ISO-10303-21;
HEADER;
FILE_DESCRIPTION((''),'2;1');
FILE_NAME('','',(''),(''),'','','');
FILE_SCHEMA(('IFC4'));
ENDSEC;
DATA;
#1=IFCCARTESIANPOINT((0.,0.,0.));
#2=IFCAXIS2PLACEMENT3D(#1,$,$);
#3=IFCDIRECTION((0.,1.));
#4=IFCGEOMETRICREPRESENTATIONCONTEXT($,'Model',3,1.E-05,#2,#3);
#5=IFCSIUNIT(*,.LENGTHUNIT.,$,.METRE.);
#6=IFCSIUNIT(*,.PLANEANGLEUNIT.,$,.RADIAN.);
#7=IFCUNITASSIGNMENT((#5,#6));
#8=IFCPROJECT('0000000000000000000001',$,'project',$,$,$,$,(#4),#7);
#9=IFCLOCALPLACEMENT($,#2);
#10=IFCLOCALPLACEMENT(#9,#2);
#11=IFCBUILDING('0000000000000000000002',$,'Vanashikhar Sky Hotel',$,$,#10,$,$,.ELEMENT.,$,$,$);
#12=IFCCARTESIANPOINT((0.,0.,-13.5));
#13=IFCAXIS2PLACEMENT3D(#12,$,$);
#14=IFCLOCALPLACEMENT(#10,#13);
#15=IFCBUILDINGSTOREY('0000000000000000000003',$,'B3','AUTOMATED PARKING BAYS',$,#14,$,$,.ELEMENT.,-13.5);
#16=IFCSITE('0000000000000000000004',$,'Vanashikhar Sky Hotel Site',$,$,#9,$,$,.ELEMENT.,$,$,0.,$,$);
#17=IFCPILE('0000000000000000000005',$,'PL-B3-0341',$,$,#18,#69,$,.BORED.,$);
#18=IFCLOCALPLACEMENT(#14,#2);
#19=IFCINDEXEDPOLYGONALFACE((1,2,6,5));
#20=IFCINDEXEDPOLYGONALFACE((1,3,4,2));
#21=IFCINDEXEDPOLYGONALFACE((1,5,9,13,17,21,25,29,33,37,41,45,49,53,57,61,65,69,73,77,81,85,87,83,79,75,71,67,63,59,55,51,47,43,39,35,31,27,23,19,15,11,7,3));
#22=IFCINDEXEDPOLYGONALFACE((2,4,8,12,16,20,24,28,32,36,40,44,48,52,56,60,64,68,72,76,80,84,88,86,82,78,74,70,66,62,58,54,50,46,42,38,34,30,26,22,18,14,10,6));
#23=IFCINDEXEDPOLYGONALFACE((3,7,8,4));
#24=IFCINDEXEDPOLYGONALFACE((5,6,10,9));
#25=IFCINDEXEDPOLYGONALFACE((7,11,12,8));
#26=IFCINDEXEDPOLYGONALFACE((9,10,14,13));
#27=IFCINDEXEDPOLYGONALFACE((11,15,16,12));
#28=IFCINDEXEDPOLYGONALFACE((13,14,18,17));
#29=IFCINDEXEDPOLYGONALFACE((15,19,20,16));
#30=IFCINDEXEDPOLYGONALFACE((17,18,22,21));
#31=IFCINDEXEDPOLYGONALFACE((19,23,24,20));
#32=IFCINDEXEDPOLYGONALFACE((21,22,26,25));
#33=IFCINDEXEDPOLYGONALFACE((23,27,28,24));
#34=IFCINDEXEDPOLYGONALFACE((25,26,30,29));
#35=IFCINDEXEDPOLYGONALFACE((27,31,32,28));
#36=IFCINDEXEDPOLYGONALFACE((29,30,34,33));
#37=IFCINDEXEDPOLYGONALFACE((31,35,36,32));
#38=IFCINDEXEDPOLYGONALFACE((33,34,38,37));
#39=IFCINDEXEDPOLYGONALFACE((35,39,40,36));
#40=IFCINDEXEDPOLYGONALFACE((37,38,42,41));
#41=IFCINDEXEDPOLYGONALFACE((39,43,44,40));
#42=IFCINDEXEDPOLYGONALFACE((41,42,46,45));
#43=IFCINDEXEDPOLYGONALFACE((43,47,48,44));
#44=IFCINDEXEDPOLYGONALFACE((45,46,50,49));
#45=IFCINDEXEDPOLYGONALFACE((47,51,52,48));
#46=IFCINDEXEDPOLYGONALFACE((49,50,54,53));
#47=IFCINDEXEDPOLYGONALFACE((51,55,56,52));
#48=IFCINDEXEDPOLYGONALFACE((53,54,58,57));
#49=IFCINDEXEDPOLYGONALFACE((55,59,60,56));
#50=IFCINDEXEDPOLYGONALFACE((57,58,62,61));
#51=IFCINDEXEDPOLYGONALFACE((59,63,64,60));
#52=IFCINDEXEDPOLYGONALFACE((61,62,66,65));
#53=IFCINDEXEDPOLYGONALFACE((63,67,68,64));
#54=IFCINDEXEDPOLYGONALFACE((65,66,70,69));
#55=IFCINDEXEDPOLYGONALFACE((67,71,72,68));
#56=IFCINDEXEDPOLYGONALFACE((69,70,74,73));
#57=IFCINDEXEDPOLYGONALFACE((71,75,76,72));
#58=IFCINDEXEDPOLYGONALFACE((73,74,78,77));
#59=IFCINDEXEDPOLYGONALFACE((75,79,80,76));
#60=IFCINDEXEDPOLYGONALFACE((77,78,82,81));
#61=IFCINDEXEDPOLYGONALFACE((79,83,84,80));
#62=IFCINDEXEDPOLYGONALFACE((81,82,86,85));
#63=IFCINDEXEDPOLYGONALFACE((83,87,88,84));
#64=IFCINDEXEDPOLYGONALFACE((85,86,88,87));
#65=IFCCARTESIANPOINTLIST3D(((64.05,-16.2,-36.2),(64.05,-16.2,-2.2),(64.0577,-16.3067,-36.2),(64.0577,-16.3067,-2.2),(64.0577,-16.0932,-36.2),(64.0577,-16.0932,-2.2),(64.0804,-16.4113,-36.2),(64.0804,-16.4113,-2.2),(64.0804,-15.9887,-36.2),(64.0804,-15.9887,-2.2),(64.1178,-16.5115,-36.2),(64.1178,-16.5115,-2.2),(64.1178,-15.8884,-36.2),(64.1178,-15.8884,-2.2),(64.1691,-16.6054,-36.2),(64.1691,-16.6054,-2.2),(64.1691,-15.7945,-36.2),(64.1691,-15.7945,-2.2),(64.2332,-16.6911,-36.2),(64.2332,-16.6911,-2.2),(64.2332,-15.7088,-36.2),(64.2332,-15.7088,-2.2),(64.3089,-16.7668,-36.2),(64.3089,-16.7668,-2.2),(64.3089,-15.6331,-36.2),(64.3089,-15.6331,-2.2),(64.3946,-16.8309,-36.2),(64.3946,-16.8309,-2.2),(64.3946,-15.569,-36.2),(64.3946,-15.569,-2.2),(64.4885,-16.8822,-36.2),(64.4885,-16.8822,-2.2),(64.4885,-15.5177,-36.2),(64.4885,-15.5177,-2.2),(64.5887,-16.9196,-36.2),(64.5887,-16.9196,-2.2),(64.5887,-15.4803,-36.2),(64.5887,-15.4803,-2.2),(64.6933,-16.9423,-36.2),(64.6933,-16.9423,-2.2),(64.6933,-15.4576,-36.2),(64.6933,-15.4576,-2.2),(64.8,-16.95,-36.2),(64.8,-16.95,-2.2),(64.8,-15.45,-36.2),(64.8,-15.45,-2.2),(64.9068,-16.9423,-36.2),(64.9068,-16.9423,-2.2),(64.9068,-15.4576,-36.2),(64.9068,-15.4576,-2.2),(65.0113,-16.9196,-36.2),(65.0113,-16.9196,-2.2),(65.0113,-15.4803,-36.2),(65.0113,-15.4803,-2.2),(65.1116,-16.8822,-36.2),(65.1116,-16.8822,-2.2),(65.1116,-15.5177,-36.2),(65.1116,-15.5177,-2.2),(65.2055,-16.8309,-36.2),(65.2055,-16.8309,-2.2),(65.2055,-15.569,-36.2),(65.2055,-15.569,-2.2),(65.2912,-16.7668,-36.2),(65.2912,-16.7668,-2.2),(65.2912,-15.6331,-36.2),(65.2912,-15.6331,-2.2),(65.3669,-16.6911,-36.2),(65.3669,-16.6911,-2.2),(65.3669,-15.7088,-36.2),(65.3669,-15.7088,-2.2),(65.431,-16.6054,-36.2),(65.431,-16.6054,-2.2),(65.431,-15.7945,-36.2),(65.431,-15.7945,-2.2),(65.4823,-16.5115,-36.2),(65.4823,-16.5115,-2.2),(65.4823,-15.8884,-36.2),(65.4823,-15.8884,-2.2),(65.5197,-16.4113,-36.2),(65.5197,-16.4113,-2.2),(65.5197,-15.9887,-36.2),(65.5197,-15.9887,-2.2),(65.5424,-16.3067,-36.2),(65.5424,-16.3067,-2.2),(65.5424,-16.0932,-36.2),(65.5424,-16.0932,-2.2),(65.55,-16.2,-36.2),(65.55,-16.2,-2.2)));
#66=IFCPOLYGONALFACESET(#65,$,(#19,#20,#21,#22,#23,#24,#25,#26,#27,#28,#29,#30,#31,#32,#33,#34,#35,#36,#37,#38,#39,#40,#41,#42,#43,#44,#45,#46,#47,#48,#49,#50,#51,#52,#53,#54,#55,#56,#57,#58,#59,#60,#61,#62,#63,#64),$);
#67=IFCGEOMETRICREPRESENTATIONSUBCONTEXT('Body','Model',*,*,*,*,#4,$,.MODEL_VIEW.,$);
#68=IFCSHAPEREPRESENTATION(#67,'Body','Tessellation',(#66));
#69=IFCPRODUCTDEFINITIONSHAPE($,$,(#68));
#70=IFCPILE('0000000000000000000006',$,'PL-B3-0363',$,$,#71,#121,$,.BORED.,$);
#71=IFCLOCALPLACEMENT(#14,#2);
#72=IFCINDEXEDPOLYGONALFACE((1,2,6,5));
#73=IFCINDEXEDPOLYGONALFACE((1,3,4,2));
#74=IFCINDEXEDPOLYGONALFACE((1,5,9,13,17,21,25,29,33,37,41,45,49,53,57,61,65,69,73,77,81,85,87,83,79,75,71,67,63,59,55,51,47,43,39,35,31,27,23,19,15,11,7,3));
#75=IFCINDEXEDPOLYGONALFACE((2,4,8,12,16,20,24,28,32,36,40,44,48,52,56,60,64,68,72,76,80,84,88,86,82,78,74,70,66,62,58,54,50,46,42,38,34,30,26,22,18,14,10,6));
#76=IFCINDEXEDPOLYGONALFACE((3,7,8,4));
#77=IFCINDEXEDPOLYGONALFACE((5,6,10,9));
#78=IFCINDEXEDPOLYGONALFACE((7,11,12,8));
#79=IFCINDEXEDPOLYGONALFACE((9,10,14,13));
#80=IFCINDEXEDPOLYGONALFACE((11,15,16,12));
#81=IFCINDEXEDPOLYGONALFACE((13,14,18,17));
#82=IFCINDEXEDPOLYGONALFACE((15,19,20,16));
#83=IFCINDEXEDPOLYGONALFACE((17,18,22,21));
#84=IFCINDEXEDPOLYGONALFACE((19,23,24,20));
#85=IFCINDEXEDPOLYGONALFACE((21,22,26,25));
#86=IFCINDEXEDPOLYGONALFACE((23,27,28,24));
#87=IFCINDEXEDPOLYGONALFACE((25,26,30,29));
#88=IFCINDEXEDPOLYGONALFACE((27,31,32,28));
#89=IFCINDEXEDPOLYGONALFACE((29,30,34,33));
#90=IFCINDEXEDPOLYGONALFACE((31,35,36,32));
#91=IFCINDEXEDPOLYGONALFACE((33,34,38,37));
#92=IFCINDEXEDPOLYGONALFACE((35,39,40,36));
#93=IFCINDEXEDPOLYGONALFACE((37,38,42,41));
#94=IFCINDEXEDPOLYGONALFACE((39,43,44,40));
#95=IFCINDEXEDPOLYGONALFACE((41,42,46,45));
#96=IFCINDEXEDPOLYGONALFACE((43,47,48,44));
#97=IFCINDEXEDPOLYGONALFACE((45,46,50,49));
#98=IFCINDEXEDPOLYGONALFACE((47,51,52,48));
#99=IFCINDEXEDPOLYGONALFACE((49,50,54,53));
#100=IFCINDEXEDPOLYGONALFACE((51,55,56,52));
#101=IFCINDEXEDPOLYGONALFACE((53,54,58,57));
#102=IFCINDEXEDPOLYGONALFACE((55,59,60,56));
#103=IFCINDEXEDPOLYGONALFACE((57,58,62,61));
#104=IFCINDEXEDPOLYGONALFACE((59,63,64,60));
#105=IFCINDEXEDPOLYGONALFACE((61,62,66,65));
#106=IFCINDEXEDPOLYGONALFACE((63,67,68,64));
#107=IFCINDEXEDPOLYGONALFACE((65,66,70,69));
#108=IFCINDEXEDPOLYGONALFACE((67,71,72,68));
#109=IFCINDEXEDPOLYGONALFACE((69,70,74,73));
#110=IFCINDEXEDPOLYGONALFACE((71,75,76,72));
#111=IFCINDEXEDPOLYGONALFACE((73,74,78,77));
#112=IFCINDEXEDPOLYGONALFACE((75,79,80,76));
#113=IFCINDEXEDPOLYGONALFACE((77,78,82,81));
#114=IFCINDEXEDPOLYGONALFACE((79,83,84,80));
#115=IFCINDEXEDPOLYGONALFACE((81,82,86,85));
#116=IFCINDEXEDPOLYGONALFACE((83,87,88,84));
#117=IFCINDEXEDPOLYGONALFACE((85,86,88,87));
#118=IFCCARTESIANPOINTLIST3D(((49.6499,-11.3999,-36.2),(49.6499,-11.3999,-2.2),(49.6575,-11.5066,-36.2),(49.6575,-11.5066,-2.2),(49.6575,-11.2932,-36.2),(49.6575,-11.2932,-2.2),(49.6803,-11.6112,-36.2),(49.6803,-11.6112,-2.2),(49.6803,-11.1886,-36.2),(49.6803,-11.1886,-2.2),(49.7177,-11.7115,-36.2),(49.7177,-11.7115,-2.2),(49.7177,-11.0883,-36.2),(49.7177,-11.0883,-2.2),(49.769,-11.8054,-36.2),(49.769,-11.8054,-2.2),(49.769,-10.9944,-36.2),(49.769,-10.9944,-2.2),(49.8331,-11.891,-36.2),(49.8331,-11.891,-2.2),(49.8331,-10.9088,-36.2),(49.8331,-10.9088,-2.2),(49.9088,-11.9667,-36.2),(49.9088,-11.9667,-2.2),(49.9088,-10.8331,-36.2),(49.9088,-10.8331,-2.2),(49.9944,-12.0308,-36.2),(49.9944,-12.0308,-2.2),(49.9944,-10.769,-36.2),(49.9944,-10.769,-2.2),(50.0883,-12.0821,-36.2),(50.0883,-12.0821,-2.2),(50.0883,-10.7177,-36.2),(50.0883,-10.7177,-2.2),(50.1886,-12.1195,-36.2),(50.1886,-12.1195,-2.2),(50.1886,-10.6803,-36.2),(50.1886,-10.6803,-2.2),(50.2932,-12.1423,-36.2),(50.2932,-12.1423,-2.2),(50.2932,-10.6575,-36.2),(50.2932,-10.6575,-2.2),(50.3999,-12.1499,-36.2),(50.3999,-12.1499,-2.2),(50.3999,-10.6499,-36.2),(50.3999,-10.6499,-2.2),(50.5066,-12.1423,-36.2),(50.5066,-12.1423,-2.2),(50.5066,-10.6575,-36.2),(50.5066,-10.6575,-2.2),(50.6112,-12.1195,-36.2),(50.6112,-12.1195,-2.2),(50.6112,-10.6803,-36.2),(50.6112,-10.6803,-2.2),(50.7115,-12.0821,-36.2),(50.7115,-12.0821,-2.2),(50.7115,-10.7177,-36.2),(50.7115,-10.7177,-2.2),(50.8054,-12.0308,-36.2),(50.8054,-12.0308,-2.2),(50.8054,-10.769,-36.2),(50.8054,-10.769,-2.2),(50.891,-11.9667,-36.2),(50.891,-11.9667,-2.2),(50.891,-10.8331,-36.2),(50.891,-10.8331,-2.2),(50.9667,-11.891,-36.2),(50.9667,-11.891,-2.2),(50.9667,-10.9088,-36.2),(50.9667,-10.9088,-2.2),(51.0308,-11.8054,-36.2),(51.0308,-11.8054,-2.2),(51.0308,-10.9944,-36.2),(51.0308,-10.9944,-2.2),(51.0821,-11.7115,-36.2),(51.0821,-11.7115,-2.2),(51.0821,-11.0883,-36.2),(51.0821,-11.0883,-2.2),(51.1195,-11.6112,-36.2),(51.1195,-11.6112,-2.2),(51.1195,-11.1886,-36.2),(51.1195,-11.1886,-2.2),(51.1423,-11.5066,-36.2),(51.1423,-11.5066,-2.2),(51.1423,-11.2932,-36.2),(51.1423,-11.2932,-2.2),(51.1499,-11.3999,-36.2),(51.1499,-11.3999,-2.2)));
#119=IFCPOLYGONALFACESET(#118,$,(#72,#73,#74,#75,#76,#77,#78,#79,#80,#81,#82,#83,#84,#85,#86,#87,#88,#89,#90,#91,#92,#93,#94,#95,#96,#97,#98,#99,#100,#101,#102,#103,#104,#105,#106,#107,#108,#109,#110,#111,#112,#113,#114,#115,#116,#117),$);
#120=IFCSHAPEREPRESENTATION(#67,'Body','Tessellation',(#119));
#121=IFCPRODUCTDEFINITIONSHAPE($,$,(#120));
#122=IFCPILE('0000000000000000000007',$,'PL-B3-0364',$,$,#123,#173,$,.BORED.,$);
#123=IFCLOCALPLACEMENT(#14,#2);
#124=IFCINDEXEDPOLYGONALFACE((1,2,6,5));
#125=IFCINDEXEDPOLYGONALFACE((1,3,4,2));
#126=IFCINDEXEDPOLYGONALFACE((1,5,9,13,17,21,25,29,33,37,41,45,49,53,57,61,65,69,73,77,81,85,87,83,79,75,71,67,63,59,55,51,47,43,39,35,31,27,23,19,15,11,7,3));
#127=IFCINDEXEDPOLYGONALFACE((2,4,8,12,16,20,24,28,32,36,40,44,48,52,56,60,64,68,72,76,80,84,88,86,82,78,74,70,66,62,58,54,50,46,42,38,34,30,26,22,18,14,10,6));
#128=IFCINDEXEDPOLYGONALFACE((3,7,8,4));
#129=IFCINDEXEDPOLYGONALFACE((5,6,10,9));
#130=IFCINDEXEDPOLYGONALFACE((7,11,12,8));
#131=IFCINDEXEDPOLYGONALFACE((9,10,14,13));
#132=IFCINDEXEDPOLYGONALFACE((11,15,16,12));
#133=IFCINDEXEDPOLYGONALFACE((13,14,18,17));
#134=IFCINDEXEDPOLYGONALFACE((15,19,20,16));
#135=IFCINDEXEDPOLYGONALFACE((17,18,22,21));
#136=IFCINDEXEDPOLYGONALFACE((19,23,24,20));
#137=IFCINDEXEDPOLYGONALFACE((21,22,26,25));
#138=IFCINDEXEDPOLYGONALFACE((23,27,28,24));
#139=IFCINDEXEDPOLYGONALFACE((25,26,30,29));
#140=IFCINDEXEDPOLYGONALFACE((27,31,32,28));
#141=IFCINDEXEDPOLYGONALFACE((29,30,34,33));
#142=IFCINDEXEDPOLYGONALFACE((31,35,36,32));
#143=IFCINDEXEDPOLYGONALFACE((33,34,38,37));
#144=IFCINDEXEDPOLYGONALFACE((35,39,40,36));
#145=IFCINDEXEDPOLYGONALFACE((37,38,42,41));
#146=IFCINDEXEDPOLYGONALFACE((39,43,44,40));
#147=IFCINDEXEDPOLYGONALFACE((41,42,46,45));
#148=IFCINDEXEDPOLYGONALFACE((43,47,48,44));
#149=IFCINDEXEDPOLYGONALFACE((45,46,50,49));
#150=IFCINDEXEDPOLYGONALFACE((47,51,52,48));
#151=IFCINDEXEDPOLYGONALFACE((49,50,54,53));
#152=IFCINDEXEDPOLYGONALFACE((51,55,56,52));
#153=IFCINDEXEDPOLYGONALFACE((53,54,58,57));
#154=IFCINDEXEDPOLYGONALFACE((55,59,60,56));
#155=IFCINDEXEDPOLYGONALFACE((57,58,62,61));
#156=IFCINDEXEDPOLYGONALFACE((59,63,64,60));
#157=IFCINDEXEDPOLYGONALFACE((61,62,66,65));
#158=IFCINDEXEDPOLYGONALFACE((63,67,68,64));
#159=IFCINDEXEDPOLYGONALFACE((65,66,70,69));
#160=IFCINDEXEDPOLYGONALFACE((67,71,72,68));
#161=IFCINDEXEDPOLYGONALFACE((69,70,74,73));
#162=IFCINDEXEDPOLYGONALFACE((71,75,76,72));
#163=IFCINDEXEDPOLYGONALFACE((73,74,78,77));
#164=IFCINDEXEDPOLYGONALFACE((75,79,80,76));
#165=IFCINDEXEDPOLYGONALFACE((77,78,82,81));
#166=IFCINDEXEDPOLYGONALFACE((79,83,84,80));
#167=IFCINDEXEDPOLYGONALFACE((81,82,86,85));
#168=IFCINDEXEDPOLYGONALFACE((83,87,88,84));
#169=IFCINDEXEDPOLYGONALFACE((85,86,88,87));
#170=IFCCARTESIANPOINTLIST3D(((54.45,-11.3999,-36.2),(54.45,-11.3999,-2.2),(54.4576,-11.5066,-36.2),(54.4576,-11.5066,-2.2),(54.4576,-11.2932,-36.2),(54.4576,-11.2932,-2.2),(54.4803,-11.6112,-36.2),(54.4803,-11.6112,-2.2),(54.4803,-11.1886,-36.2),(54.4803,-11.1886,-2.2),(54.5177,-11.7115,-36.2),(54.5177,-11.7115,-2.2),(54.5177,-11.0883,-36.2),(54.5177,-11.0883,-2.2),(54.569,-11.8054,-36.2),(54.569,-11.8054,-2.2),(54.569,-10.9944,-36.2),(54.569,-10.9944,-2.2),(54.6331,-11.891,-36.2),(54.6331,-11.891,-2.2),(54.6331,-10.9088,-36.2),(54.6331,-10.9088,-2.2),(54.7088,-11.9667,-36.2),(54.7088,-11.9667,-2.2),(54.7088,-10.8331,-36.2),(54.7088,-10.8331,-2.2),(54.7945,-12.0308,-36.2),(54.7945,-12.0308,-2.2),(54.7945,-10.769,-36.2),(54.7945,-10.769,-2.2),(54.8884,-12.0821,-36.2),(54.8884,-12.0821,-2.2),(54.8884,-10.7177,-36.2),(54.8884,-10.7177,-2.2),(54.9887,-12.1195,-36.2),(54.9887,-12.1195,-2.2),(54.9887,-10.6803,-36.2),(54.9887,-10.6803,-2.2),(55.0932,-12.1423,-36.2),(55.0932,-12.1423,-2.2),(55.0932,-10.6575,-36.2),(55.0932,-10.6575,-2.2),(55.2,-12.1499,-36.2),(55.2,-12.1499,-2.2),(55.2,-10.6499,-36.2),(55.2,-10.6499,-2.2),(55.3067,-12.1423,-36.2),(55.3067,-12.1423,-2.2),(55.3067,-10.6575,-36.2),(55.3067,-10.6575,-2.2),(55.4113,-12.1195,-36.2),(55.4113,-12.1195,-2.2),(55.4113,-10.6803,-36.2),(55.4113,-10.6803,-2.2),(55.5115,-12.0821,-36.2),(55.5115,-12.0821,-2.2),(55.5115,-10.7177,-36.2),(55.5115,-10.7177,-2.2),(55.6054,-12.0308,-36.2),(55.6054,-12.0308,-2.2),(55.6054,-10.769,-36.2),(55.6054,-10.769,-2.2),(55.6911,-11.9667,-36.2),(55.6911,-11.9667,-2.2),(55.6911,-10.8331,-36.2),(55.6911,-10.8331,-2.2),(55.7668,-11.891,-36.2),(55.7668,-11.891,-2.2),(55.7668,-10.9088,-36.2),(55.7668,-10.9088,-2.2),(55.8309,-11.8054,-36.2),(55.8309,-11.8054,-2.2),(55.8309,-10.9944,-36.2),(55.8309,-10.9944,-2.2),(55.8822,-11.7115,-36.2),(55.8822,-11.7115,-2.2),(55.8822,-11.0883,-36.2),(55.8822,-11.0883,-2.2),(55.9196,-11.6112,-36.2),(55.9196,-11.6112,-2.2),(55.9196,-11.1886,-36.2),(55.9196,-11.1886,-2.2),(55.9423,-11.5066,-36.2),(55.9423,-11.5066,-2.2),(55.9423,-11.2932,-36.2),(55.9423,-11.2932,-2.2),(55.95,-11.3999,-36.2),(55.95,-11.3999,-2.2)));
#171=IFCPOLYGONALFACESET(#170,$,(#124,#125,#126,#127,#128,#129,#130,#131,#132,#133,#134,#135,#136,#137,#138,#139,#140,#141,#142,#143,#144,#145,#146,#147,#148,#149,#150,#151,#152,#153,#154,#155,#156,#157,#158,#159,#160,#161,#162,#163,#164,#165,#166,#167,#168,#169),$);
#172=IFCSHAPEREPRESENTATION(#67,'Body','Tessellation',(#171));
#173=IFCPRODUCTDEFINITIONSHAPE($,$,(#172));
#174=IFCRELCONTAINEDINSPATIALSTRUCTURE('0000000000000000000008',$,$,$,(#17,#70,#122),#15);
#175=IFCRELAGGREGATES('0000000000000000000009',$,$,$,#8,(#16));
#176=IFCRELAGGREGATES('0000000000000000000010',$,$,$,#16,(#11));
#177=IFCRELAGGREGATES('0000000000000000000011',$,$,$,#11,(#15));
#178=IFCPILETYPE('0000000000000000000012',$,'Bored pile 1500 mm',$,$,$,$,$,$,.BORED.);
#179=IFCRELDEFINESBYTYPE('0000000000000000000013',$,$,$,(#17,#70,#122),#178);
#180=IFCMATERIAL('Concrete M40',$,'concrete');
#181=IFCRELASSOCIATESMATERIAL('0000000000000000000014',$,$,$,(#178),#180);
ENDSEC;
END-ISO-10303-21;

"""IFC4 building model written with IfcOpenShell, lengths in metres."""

from ifc_helpers import new_model, si_unit, direction, frame, origin, origin_2d, place, context, subcontext, project, spatial, circle, extrude, source, transform, mapped, material, type_object, element, save


model = new_model("IFC4")

# Units and contexts
model_context = context("Model", 3, precision=1e-05, world=origin(), true_north=direction((0.0, 1.0)))
body_context = subcontext(model_context, "Body", "Model", "MODEL_VIEW")
ifc_project = project(units=[si_unit("LENGTHUNIT", "METRE"), si_unit("PLANEANGLEUNIT", "RADIAN")], contexts=[model_context])

# Site, building, storey
site_placement = place(None, origin())
site = spatial("IfcSite", under=ifc_project, at=site_placement, Name="Vanashikhar Sky Hotel Site", CompositionType="ELEMENT", RefElevation=0.0)
building_placement = place(site_placement, origin())
building = spatial("IfcBuilding", under=site, at=building_placement, Name="Vanashikhar Sky Hotel", CompositionType="ELEMENT")
storey_placement = place(building_placement, frame((0.0, 0.0, -13.5)))
storey = spatial("IfcBuildingStorey", under=building, at=storey_placement, Name="B3", Description="AUTOMATED PARKING BAYS", CompositionType="ELEMENT", Elevation=-13.5)

# Piles
ifc_material_1 = material(Name="Concrete M40", Category="concrete")
pile_type_1 = type_object("IfcPileType", Name="Bored pile 1500 mm", PredefinedType="BORED", material=ifc_material_1)
shared_shape_1 = source(origin(), body_context, "Body", "SweptSolid", [
    extrude(circle(Radius=0.75, at=origin_2d()), origin(), (0.0, 0.0, 1.0), 34.0),
])
for number, where, z_axis, x_axis, name in (
    (1, (64.8, -16.2, -2.2), (0.0, 0.0, -1.0), (1.0, 0.0, 0.0), "PL-B3-0341"),
    (2, (50.3999, -11.3999, -2.2), (0.0, 0.0, -1.0), (1.0, 0.0, 0.0), "PL-B3-0363"),
    (3, (55.2, -11.3999, -2.2), (0.0, 0.0, -1.0), (1.0, 0.0, 0.0), "PL-B3-0364"),
):
    element("IfcPile", number, at=place(storey_placement, frame(where, z_axis=z_axis, x_axis=x_axis)), inside=storey, type_object=pile_type_1, Name=name, PredefinedType="BORED", context=body_context, shape_type="MappedRepresentation", body=[
        mapped(shared_shape_1, transform((0.0, 0.0, 0.0), scale=1.0)),
    ])

save(model, "model.ifc")
